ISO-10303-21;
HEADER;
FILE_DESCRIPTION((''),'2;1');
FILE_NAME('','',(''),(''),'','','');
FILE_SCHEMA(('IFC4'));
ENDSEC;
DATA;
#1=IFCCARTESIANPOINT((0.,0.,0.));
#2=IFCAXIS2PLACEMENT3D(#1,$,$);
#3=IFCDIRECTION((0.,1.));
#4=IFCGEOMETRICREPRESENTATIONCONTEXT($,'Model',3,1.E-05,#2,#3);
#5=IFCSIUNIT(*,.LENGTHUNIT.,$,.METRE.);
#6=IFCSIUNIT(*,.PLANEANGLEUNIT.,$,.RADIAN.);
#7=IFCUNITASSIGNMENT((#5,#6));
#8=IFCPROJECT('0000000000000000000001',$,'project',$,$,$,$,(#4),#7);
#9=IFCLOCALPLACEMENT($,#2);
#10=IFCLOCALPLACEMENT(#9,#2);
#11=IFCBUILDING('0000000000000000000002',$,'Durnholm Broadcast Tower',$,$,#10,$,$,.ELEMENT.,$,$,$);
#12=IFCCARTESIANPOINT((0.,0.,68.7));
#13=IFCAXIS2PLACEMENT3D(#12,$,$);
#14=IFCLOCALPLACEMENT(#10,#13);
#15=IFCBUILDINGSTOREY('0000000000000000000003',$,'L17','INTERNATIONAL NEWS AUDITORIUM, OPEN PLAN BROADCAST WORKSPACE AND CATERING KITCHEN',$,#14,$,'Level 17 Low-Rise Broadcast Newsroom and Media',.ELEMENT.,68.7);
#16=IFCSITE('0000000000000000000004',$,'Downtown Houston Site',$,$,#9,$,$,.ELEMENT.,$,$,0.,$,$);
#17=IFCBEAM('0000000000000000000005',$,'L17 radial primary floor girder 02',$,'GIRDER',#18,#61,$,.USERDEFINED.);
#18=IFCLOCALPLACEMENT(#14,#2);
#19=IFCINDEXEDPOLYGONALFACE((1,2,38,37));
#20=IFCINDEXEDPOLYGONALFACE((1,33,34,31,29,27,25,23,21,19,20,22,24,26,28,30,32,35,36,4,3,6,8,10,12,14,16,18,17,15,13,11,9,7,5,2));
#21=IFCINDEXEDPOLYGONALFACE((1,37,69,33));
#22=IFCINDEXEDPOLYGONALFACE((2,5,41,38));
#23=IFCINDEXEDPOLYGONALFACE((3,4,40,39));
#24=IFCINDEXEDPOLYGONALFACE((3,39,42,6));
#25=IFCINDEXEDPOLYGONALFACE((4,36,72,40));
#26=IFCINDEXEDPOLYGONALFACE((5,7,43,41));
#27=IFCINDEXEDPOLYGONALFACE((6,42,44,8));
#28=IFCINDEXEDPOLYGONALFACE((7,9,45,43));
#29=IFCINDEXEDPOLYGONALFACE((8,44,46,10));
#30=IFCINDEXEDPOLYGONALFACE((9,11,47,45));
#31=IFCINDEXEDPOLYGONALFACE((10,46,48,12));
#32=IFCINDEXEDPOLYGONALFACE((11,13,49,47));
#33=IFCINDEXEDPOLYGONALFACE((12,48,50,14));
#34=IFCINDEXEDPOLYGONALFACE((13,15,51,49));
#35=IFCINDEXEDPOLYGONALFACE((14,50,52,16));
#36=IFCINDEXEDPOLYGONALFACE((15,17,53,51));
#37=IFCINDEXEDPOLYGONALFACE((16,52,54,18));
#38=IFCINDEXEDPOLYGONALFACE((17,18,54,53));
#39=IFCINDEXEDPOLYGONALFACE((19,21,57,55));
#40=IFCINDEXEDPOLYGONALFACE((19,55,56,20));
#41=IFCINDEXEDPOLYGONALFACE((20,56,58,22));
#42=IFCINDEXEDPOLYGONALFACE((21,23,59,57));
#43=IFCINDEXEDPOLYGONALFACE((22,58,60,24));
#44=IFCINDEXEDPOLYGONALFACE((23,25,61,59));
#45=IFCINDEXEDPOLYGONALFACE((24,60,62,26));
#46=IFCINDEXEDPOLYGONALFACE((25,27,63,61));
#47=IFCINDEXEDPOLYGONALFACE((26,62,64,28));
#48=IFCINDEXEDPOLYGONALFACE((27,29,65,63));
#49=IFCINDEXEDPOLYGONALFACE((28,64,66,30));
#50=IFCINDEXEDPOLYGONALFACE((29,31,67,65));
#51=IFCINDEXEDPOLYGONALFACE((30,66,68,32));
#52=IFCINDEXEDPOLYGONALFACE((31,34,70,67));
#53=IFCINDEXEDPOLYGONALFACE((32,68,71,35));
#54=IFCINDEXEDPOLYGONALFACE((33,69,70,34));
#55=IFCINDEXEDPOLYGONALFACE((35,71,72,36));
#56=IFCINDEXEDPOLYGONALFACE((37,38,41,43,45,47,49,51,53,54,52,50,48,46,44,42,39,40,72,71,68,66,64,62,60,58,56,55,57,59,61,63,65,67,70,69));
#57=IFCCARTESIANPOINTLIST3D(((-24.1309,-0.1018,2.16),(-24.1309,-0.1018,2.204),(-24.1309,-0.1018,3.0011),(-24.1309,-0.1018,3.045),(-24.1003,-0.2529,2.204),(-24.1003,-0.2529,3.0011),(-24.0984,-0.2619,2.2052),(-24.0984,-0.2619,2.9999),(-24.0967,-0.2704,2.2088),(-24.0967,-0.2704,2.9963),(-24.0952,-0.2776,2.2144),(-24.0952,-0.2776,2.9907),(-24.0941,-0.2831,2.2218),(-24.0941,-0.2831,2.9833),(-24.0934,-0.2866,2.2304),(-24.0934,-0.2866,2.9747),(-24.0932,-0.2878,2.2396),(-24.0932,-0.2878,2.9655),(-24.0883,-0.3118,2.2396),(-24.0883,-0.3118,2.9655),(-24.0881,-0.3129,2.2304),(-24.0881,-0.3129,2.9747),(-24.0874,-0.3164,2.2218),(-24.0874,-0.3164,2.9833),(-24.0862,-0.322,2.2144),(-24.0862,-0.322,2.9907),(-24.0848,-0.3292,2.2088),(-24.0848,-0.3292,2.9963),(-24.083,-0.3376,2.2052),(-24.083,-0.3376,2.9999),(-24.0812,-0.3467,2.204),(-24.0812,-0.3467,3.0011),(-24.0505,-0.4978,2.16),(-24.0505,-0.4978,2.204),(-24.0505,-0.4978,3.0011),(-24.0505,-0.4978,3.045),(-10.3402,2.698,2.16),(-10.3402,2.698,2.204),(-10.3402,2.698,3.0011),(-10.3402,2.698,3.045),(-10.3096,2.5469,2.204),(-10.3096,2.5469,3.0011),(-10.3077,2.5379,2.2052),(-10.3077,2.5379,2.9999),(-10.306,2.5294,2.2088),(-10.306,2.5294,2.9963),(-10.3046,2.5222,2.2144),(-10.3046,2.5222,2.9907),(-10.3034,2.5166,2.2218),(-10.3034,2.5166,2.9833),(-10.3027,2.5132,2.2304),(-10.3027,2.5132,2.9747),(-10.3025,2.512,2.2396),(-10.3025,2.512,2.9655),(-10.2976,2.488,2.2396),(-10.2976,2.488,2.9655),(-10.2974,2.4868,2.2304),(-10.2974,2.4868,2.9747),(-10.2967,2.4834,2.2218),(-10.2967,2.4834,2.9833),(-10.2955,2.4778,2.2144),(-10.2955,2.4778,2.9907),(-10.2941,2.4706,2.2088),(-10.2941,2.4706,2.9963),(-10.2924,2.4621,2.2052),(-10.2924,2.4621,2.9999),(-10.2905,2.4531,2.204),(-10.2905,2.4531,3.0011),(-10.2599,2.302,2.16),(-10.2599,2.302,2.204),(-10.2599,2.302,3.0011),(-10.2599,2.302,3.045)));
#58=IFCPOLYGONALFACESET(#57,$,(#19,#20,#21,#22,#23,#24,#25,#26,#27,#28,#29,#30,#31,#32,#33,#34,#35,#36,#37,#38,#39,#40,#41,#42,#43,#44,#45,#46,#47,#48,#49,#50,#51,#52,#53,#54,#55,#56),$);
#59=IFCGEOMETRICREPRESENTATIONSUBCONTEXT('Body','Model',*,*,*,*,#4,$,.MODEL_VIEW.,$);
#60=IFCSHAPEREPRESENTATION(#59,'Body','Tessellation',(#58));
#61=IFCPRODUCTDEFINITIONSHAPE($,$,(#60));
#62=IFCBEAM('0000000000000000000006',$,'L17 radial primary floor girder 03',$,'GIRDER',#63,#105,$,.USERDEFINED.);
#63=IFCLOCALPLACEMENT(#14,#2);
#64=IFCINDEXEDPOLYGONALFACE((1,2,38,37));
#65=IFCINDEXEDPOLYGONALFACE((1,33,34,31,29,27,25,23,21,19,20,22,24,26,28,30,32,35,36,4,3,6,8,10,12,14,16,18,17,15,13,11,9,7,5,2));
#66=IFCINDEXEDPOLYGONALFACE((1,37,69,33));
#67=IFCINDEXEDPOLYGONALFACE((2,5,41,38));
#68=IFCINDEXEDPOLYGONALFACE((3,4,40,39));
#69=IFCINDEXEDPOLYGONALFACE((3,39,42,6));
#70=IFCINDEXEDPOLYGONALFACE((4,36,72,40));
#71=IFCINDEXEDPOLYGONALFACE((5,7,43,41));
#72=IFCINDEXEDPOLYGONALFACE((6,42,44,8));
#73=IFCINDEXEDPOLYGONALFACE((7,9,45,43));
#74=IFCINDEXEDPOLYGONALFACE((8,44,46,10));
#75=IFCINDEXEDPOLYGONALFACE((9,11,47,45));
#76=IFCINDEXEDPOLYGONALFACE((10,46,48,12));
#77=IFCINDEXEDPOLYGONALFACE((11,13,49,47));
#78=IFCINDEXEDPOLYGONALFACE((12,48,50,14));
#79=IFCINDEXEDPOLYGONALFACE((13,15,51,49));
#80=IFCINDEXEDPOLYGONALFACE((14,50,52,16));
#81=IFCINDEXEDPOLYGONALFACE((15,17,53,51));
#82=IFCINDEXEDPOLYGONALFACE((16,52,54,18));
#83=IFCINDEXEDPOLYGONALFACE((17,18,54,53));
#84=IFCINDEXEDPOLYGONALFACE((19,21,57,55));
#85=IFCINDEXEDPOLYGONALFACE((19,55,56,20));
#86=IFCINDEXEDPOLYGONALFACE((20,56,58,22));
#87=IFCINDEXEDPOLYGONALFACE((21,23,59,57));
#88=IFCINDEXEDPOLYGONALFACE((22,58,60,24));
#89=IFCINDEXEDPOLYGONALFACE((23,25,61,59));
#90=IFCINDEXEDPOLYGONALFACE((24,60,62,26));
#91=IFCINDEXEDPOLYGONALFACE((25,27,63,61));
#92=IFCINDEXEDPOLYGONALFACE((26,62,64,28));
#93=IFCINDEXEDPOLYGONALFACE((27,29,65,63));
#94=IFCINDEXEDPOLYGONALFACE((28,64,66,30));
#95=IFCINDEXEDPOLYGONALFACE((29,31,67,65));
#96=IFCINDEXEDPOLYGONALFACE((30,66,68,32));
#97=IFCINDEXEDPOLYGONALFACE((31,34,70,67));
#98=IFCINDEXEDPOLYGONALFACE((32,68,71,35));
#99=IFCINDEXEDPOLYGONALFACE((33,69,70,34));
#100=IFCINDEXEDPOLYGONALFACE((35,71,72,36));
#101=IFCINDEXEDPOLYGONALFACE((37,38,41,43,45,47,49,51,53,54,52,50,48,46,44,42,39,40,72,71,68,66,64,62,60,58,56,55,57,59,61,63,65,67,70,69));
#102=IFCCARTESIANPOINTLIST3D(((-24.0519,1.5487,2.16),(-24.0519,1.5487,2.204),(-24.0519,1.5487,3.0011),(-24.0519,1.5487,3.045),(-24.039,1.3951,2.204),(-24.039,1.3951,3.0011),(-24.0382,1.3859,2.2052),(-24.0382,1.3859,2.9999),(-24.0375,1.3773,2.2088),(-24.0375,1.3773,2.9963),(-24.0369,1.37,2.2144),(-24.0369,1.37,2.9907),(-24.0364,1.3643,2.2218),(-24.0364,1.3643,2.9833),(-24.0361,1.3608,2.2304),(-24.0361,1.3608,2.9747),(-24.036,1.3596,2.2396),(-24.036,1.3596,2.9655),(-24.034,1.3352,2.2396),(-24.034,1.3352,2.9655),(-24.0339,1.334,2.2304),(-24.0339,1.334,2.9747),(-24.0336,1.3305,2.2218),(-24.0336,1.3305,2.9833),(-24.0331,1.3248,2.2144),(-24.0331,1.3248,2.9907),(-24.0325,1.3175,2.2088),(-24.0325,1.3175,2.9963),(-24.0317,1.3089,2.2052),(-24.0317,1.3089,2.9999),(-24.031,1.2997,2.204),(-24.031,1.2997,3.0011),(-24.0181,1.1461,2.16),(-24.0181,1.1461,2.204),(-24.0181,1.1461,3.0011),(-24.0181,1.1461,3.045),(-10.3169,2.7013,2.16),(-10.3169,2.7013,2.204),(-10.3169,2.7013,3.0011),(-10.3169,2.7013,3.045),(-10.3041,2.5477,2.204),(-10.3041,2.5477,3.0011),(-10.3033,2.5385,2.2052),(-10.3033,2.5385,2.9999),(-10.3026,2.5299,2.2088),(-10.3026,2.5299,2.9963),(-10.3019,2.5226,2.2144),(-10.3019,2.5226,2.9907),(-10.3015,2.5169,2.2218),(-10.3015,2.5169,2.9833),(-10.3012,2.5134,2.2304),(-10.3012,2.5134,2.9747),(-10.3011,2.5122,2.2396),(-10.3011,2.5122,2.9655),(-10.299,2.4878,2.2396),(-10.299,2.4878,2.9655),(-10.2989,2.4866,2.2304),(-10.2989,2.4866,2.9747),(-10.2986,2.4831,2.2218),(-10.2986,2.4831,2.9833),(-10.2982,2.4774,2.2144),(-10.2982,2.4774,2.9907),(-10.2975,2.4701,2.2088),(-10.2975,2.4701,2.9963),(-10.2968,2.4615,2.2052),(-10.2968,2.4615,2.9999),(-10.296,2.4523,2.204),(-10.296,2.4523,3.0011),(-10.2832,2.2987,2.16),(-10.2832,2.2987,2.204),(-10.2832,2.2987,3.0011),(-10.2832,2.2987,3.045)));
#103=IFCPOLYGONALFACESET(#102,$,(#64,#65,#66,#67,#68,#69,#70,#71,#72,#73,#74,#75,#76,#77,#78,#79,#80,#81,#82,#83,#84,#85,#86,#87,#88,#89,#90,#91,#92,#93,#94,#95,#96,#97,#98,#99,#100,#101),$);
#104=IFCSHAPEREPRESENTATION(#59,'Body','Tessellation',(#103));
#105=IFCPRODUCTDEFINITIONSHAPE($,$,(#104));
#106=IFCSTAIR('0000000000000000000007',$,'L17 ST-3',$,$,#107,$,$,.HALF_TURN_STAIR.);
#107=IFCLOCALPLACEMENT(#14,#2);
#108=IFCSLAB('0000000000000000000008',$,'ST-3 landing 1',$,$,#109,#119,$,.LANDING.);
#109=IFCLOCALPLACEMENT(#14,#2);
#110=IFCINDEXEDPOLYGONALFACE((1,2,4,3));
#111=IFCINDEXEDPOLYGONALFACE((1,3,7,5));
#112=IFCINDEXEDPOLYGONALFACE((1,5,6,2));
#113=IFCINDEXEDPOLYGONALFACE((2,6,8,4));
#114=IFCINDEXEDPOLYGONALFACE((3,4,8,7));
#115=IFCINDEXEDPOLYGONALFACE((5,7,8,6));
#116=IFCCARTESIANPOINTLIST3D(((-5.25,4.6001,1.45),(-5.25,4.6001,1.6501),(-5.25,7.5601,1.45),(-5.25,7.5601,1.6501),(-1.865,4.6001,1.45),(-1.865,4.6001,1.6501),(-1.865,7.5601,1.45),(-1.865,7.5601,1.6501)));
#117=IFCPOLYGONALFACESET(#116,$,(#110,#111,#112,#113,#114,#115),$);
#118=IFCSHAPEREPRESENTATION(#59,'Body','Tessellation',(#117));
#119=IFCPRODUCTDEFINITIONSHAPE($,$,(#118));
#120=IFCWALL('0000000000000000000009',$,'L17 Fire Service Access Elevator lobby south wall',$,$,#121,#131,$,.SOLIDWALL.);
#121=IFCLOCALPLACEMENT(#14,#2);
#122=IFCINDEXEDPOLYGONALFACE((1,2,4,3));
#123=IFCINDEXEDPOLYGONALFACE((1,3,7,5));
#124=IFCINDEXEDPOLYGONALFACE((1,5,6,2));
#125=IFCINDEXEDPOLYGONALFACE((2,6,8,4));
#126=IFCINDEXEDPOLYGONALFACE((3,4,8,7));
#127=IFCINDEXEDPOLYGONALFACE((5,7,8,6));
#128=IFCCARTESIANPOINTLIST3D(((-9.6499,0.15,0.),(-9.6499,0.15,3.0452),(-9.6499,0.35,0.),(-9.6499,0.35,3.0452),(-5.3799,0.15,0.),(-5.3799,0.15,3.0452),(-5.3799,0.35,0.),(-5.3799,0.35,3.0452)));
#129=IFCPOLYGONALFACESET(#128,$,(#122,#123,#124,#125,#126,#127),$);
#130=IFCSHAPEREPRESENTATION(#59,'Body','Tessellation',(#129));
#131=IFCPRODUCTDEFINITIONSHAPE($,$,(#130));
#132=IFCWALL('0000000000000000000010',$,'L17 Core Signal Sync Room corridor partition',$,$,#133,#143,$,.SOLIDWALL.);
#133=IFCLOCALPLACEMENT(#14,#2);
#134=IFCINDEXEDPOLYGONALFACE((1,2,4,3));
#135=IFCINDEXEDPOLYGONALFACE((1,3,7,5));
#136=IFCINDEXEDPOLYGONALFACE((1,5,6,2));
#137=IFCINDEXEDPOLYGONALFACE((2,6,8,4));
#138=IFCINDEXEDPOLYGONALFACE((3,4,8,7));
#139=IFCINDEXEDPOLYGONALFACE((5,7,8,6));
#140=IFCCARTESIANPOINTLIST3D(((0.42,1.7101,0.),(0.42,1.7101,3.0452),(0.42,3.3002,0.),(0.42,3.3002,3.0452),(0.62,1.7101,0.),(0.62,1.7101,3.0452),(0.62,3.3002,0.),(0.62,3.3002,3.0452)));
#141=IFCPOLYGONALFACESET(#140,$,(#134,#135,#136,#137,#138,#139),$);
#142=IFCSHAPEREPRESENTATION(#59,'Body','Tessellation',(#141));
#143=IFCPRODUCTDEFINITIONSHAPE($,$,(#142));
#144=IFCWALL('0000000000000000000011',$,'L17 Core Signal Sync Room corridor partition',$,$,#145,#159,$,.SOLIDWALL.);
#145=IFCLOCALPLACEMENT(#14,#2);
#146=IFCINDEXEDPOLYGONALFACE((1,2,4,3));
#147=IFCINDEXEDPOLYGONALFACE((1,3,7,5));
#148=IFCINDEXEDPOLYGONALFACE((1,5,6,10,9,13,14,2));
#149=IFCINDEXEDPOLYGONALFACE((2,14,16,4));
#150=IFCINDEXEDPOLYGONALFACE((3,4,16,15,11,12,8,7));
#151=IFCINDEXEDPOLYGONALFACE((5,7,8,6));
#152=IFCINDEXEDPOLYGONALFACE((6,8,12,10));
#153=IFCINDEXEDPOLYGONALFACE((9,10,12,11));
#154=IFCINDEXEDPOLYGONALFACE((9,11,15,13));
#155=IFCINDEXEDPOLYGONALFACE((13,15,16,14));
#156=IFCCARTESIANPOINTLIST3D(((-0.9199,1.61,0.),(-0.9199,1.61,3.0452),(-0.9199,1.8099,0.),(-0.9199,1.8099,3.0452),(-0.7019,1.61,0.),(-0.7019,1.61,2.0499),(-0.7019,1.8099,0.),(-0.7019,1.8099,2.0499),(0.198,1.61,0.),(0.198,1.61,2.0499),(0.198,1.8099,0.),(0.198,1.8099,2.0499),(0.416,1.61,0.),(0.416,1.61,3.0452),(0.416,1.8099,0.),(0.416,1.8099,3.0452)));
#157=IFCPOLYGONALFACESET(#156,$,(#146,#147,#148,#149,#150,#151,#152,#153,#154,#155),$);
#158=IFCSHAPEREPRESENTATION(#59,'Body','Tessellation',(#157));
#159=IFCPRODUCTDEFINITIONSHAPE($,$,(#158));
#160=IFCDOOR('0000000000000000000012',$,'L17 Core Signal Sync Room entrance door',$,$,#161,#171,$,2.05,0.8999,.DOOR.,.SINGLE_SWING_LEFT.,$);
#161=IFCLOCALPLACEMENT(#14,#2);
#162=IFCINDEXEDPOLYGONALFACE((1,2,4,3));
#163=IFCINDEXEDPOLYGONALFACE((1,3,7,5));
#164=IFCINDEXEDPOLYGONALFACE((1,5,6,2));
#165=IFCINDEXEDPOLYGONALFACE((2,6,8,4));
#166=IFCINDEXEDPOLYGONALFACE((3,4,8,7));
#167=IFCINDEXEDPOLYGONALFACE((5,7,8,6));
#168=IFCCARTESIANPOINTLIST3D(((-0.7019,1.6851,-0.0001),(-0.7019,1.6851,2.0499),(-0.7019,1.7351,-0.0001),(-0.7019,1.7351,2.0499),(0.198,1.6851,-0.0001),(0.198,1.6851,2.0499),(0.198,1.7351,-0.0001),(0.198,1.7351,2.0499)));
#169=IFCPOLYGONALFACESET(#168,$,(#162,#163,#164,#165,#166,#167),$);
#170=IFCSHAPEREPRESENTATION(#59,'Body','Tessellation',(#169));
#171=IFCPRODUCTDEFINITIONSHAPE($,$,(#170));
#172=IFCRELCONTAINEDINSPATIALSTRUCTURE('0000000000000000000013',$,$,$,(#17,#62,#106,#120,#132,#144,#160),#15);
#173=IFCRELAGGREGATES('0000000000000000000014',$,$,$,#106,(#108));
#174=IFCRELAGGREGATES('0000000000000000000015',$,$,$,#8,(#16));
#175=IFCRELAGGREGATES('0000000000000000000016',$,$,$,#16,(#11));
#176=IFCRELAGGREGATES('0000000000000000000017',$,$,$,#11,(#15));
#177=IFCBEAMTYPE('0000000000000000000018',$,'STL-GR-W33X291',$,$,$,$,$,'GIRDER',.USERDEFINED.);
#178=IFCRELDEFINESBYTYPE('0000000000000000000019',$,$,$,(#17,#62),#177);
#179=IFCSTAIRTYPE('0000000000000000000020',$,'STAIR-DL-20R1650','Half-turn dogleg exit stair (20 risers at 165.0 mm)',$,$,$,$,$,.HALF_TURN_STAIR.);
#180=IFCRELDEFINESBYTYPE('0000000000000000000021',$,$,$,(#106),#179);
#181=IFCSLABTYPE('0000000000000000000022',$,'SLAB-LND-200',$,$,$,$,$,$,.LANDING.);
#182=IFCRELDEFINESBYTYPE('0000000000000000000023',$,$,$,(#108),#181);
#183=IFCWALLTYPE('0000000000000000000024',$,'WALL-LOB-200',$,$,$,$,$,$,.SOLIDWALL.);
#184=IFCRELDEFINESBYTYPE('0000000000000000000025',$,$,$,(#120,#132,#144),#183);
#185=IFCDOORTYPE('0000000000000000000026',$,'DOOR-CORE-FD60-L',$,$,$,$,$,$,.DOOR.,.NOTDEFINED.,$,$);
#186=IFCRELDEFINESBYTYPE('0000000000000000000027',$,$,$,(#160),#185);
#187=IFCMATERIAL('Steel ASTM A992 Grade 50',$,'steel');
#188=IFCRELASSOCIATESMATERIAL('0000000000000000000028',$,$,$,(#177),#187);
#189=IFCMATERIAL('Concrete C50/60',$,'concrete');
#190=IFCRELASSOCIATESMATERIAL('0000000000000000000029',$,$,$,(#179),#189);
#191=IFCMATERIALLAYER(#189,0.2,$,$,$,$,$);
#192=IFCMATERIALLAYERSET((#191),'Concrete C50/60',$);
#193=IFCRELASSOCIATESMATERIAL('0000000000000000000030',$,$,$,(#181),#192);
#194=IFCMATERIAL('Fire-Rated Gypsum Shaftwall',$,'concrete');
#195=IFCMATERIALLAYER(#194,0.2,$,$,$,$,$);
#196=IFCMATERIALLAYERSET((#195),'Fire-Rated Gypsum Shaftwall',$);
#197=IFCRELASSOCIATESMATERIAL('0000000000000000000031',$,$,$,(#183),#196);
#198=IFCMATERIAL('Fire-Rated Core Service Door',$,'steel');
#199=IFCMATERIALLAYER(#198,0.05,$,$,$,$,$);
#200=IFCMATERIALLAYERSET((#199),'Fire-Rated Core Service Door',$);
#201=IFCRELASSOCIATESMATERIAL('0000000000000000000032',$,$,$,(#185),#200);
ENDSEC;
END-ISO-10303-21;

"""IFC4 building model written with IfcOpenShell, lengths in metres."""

from ifc_helpers import new_model, si_unit, direction, frame, frame_2d, origin, origin_2d, place, context, subcontext, project, spatial, polyline, rectangle, i_section, outline, extrude, source, transform, mapped, material, layer, layer_set, material_profile, profile_set, type_object, type_shapes, element, fill, aggregate, save


model = new_model("IFC4")

# Units and contexts
model_context = context("Model", 3, precision=1e-05, world=origin(), true_north=direction((0.0, 1.0)))
body_context = subcontext(model_context, "Body", "Model", "MODEL_VIEW")
ifc_project = project(units=[si_unit("LENGTHUNIT", "METRE"), si_unit("PLANEANGLEUNIT", "RADIAN")], contexts=[model_context])

# Site, building, storey
site_placement = place(None, origin())
site = spatial("IfcSite", under=ifc_project, at=site_placement, Name="Downtown Houston Site", CompositionType="ELEMENT", RefElevation=0.0)
building_placement = place(site_placement, origin())
building = spatial("IfcBuilding", under=site, at=building_placement, Name="Durnholm Broadcast Tower", CompositionType="ELEMENT")
storey_placement = place(building_placement, frame((0.0, 0.0, 68.7)))
storey = spatial("IfcBuildingStorey", under=building, at=storey_placement, Name="L17", Description="INTERNATIONAL NEWS AUDITORIUM, OPEN PLAN BROADCAST WORKSPACE AND CATERING KITCHEN", LongName="Level 17 Low-Rise Broadcast Newsroom and Media", CompositionType="ELEMENT", Elevation=68.7)

# Beams
ifc_material_1 = material(Name="Steel ASTM A992 Grade 50", Category="steel")
ifc_material_profile = material_profile(ifc_material_1, i_section(OverallWidth=0.4041, OverallDepth=0.885, WebThickness=0.0244, FlangeThickness=0.0439, FilletRadius=0.0356, at=origin_2d()), Name="W33X291")
ifc_profile_set = profile_set([ifc_material_profile], Name="Steel ASTM A992 Grade 50")
beam_type = type_object("IfcBeamType", Name="STL-GR-W33X291", ElementType="GIRDER", PredefinedType="USERDEFINED", material=ifc_profile_set)
shared_shape_1 = source(origin(), body_context, "Body", "SweptSolid", [
    extrude(i_section(OverallWidth=0.4041, OverallDepth=0.885, WebThickness=0.0244, FlangeThickness=0.0439, FilletRadius=0.0356, at=origin_2d()), origin(), (0.0, 0.0, 1.0), 14.072),
])
beam_1_placement = place(storey_placement, frame((-10.3, 2.5, 2.6025), z_axis=(-0.980007, -0.198961, 0.0), x_axis=(0.198961, -0.980007, 0.0)))
element("IfcBeam", 1, at=beam_1_placement, inside=storey, type_object=beam_type, Name="L17 radial primary floor girder 02", ObjectType="GIRDER", PredefinedType="USERDEFINED", context=body_context, shape_type="MappedRepresentation", body=[
    mapped(shared_shape_1, transform((0.0, 0.0, 0.0), x_axis=(1.0, 0.0, 0.0), y_axis=(0.0, 1.0, 0.0), z_axis=(0.0, 0.0, 1.0), scale=1.0)),
])
shared_shape_2 = source(origin(), body_context, "Body", "SweptSolid", [
    extrude(i_section(OverallWidth=0.4041, OverallDepth=0.885, WebThickness=0.0244, FlangeThickness=0.0439, FilletRadius=0.0356, at=origin_2d()), origin(), (0.0, 0.0, 1.0), 13.7832),
])
type_shapes(beam_type, [shared_shape_1, shared_shape_2])
beam_2_placement = place(storey_placement, frame((-10.3, 2.5, 2.6025), z_axis=(-0.996497, -0.083623, 0.0), x_axis=(0.083623, -0.996497, 0.0)))
element("IfcBeam", 2, at=beam_2_placement, inside=storey, type_object=beam_type, Name="L17 radial primary floor girder 03", ObjectType="GIRDER", PredefinedType="USERDEFINED", context=body_context, shape_type="MappedRepresentation", body=[
    mapped(shared_shape_2, transform((0.0, 0.0, 0.0), x_axis=(1.0, 0.0, 0.0), y_axis=(0.0, 1.0, 0.0), z_axis=(0.0, 0.0, 1.0), scale=1.0)),
])

# Stair, slab
ifc_material_2 = material(Name="Concrete C50/60", Category="concrete")
stair_type = type_object("IfcStairType", Name="STAIR-DL-20R1650", Description="Half-turn dogleg exit stair (20 risers at 165.0 mm)", PredefinedType="HALF_TURN_STAIR", material=ifc_material_2)
stair_placement = place(storey_placement, origin())
stair = element("IfcStair", 3, at=stair_placement, inside=storey, type_object=stair_type, Name="L17 ST-3", PredefinedType="HALF_TURN_STAIR")
ifc_layer_1 = layer(ifc_material_2, 0.2)
ifc_layer_set_1 = layer_set([ifc_layer_1], Name="Concrete C50/60")
slab_type = type_object("IfcSlabType", Name="SLAB-LND-200", PredefinedType="LANDING", material=ifc_layer_set_1)
slab_placement = place(storey_placement, frame((0.0, 0.0, 1.45)))
slab = element("IfcSlab", 4, at=slab_placement, type_object=slab_type, Name="ST-3 landing 1", PredefinedType="LANDING", context=body_context, shape_type="SweptSolid", body=[
    extrude(outline(polyline([(-1.865, 7.5601), (-5.25, 7.5601), (-5.25, 4.6001), (-1.865, 4.6001), (-1.865, 7.5601)])), origin(), (0.0, 0.0, 1.0), 0.2002),
])
aggregate(stair, [slab])

# Wall
ifc_material_3 = material(Name="Fire-Rated Gypsum Shaftwall", Category="concrete")
ifc_layer_2 = layer(ifc_material_3, 0.2)
ifc_layer_set_2 = layer_set([ifc_layer_2], Name="Fire-Rated Gypsum Shaftwall")
wall_type_1 = type_object("IfcWallType", Name="WALL-LOB-200", PredefinedType="SOLIDWALL", material=ifc_layer_set_2)
wall_1_placement = place(storey_placement, frame((-9.6499, 0.25, 0.0), z_axis=(0.0, 0.0, 1.0), x_axis=(1.0, 0.0, 0.0)))
element("IfcWall", 5, at=wall_1_placement, inside=storey, type_object=wall_type_1, Name="L17 Fire Service Access Elevator lobby south wall", PredefinedType="SOLIDWALL", context=body_context, shape_type="SweptSolid", body=[
    extrude(rectangle(XDim=4.27, YDim=0.2, at=frame_2d((2.135, 0.0))), origin(), (0.0, 0.0, 1.0), 3.0452),
])

# Wall
wall_2_placement = place(storey_placement, frame((0.52, 3.3, 0.0), z_axis=(0.0, 0.0, 1.0), x_axis=(0.0, -1.0, 0.0)))
element("IfcWall", 6, at=wall_2_placement, inside=storey, type_object=wall_type_1, Name="L17 Core Signal Sync Room corridor partition", PredefinedType="SOLIDWALL", context=body_context, shape_type="SweptSolid", body=[
    extrude(rectangle(XDim=1.5901, YDim=0.2, at=frame_2d((0.7949, 0.0))), origin(), (0.0, 0.0, 1.0), 3.0452),
])

# Wall, opening, door
wall_3_placement = place(storey_placement, frame((0.416, 1.71, 0.0), z_axis=(0.0, 0.0, 1.0), x_axis=(-1.0, 0.0, 0.0)))
wall_3 = element("IfcWall", 7, at=wall_3_placement, inside=storey, type_object=wall_type_1, Name="L17 Core Signal Sync Room corridor partition", PredefinedType="SOLIDWALL", context=body_context, shape_type="SweptSolid", body=[
    extrude(rectangle(XDim=1.3359, YDim=0.2, at=frame_2d((0.668, 0.0))), origin(), (0.0, 0.0, 1.0), 3.0452),
])
opening_1_placement = place(wall_3_placement, frame((0.218, 0.0, 0.0)))
opening_1 = element("IfcOpeningElement", 8, at=opening_1_placement, cuts=wall_3, PredefinedType="OPENING", context=body_context, shape_type="SweptSolid", body=[
    extrude(rectangle(XDim=0.8999, YDim=2.05, at=frame_2d((0.45, 1.0249))), frame((0.0, 0.1099, 0.0), z_axis=(0.0, -1.0, 0.0), x_axis=(1.0, 0.0, 0.0)), (0.0, 0.0, 1.0), 0.22),
])
ifc_material_4 = material(Name="Fire-Rated Core Service Door", Category="steel")
ifc_layer_3 = layer(ifc_material_4, 0.05)
ifc_layer_set_3 = layer_set([ifc_layer_3], Name="Fire-Rated Core Service Door")
door_type_1 = type_object("IfcDoorType", Name="DOOR-CORE-FD60-L", OperationType="NOTDEFINED", PredefinedType="DOOR", material=ifc_layer_set_3)
shared_shape_3 = source(origin(), body_context, "Body", "SweptSolid", [
    extrude(rectangle(XDim=0.8999, YDim=2.05, at=frame_2d((0.45, 1.0249))), frame((0.0, 0.0249, 0.0), z_axis=(0.0, -1.0, 0.0), x_axis=(1.0, 0.0, 0.0)), (0.0, 0.0, 1.0), 0.05),
])
type_shapes(door_type_1, [shared_shape_3])
door_1_placement = place(opening_1_placement, origin())
door_1 = element("IfcDoor", 9, at=door_1_placement, inside=storey, type_object=door_type_1, Name="L17 Core Signal Sync Room entrance door", OperationType="SINGLE_SWING_LEFT", OverallHeight=2.05, OverallWidth=0.8999, PredefinedType="DOOR", context=body_context, shape_type="MappedRepresentation", body=[
    mapped(shared_shape_3, transform((0.0, 0.0, 0.0), x_axis=(1.0, 0.0, 0.0), y_axis=(0.0, 1.0, 0.0), z_axis=(0.0, 0.0, 1.0), scale=1.0)),
])
fill(opening_1, door_1)

save(model, "model.ifc")
